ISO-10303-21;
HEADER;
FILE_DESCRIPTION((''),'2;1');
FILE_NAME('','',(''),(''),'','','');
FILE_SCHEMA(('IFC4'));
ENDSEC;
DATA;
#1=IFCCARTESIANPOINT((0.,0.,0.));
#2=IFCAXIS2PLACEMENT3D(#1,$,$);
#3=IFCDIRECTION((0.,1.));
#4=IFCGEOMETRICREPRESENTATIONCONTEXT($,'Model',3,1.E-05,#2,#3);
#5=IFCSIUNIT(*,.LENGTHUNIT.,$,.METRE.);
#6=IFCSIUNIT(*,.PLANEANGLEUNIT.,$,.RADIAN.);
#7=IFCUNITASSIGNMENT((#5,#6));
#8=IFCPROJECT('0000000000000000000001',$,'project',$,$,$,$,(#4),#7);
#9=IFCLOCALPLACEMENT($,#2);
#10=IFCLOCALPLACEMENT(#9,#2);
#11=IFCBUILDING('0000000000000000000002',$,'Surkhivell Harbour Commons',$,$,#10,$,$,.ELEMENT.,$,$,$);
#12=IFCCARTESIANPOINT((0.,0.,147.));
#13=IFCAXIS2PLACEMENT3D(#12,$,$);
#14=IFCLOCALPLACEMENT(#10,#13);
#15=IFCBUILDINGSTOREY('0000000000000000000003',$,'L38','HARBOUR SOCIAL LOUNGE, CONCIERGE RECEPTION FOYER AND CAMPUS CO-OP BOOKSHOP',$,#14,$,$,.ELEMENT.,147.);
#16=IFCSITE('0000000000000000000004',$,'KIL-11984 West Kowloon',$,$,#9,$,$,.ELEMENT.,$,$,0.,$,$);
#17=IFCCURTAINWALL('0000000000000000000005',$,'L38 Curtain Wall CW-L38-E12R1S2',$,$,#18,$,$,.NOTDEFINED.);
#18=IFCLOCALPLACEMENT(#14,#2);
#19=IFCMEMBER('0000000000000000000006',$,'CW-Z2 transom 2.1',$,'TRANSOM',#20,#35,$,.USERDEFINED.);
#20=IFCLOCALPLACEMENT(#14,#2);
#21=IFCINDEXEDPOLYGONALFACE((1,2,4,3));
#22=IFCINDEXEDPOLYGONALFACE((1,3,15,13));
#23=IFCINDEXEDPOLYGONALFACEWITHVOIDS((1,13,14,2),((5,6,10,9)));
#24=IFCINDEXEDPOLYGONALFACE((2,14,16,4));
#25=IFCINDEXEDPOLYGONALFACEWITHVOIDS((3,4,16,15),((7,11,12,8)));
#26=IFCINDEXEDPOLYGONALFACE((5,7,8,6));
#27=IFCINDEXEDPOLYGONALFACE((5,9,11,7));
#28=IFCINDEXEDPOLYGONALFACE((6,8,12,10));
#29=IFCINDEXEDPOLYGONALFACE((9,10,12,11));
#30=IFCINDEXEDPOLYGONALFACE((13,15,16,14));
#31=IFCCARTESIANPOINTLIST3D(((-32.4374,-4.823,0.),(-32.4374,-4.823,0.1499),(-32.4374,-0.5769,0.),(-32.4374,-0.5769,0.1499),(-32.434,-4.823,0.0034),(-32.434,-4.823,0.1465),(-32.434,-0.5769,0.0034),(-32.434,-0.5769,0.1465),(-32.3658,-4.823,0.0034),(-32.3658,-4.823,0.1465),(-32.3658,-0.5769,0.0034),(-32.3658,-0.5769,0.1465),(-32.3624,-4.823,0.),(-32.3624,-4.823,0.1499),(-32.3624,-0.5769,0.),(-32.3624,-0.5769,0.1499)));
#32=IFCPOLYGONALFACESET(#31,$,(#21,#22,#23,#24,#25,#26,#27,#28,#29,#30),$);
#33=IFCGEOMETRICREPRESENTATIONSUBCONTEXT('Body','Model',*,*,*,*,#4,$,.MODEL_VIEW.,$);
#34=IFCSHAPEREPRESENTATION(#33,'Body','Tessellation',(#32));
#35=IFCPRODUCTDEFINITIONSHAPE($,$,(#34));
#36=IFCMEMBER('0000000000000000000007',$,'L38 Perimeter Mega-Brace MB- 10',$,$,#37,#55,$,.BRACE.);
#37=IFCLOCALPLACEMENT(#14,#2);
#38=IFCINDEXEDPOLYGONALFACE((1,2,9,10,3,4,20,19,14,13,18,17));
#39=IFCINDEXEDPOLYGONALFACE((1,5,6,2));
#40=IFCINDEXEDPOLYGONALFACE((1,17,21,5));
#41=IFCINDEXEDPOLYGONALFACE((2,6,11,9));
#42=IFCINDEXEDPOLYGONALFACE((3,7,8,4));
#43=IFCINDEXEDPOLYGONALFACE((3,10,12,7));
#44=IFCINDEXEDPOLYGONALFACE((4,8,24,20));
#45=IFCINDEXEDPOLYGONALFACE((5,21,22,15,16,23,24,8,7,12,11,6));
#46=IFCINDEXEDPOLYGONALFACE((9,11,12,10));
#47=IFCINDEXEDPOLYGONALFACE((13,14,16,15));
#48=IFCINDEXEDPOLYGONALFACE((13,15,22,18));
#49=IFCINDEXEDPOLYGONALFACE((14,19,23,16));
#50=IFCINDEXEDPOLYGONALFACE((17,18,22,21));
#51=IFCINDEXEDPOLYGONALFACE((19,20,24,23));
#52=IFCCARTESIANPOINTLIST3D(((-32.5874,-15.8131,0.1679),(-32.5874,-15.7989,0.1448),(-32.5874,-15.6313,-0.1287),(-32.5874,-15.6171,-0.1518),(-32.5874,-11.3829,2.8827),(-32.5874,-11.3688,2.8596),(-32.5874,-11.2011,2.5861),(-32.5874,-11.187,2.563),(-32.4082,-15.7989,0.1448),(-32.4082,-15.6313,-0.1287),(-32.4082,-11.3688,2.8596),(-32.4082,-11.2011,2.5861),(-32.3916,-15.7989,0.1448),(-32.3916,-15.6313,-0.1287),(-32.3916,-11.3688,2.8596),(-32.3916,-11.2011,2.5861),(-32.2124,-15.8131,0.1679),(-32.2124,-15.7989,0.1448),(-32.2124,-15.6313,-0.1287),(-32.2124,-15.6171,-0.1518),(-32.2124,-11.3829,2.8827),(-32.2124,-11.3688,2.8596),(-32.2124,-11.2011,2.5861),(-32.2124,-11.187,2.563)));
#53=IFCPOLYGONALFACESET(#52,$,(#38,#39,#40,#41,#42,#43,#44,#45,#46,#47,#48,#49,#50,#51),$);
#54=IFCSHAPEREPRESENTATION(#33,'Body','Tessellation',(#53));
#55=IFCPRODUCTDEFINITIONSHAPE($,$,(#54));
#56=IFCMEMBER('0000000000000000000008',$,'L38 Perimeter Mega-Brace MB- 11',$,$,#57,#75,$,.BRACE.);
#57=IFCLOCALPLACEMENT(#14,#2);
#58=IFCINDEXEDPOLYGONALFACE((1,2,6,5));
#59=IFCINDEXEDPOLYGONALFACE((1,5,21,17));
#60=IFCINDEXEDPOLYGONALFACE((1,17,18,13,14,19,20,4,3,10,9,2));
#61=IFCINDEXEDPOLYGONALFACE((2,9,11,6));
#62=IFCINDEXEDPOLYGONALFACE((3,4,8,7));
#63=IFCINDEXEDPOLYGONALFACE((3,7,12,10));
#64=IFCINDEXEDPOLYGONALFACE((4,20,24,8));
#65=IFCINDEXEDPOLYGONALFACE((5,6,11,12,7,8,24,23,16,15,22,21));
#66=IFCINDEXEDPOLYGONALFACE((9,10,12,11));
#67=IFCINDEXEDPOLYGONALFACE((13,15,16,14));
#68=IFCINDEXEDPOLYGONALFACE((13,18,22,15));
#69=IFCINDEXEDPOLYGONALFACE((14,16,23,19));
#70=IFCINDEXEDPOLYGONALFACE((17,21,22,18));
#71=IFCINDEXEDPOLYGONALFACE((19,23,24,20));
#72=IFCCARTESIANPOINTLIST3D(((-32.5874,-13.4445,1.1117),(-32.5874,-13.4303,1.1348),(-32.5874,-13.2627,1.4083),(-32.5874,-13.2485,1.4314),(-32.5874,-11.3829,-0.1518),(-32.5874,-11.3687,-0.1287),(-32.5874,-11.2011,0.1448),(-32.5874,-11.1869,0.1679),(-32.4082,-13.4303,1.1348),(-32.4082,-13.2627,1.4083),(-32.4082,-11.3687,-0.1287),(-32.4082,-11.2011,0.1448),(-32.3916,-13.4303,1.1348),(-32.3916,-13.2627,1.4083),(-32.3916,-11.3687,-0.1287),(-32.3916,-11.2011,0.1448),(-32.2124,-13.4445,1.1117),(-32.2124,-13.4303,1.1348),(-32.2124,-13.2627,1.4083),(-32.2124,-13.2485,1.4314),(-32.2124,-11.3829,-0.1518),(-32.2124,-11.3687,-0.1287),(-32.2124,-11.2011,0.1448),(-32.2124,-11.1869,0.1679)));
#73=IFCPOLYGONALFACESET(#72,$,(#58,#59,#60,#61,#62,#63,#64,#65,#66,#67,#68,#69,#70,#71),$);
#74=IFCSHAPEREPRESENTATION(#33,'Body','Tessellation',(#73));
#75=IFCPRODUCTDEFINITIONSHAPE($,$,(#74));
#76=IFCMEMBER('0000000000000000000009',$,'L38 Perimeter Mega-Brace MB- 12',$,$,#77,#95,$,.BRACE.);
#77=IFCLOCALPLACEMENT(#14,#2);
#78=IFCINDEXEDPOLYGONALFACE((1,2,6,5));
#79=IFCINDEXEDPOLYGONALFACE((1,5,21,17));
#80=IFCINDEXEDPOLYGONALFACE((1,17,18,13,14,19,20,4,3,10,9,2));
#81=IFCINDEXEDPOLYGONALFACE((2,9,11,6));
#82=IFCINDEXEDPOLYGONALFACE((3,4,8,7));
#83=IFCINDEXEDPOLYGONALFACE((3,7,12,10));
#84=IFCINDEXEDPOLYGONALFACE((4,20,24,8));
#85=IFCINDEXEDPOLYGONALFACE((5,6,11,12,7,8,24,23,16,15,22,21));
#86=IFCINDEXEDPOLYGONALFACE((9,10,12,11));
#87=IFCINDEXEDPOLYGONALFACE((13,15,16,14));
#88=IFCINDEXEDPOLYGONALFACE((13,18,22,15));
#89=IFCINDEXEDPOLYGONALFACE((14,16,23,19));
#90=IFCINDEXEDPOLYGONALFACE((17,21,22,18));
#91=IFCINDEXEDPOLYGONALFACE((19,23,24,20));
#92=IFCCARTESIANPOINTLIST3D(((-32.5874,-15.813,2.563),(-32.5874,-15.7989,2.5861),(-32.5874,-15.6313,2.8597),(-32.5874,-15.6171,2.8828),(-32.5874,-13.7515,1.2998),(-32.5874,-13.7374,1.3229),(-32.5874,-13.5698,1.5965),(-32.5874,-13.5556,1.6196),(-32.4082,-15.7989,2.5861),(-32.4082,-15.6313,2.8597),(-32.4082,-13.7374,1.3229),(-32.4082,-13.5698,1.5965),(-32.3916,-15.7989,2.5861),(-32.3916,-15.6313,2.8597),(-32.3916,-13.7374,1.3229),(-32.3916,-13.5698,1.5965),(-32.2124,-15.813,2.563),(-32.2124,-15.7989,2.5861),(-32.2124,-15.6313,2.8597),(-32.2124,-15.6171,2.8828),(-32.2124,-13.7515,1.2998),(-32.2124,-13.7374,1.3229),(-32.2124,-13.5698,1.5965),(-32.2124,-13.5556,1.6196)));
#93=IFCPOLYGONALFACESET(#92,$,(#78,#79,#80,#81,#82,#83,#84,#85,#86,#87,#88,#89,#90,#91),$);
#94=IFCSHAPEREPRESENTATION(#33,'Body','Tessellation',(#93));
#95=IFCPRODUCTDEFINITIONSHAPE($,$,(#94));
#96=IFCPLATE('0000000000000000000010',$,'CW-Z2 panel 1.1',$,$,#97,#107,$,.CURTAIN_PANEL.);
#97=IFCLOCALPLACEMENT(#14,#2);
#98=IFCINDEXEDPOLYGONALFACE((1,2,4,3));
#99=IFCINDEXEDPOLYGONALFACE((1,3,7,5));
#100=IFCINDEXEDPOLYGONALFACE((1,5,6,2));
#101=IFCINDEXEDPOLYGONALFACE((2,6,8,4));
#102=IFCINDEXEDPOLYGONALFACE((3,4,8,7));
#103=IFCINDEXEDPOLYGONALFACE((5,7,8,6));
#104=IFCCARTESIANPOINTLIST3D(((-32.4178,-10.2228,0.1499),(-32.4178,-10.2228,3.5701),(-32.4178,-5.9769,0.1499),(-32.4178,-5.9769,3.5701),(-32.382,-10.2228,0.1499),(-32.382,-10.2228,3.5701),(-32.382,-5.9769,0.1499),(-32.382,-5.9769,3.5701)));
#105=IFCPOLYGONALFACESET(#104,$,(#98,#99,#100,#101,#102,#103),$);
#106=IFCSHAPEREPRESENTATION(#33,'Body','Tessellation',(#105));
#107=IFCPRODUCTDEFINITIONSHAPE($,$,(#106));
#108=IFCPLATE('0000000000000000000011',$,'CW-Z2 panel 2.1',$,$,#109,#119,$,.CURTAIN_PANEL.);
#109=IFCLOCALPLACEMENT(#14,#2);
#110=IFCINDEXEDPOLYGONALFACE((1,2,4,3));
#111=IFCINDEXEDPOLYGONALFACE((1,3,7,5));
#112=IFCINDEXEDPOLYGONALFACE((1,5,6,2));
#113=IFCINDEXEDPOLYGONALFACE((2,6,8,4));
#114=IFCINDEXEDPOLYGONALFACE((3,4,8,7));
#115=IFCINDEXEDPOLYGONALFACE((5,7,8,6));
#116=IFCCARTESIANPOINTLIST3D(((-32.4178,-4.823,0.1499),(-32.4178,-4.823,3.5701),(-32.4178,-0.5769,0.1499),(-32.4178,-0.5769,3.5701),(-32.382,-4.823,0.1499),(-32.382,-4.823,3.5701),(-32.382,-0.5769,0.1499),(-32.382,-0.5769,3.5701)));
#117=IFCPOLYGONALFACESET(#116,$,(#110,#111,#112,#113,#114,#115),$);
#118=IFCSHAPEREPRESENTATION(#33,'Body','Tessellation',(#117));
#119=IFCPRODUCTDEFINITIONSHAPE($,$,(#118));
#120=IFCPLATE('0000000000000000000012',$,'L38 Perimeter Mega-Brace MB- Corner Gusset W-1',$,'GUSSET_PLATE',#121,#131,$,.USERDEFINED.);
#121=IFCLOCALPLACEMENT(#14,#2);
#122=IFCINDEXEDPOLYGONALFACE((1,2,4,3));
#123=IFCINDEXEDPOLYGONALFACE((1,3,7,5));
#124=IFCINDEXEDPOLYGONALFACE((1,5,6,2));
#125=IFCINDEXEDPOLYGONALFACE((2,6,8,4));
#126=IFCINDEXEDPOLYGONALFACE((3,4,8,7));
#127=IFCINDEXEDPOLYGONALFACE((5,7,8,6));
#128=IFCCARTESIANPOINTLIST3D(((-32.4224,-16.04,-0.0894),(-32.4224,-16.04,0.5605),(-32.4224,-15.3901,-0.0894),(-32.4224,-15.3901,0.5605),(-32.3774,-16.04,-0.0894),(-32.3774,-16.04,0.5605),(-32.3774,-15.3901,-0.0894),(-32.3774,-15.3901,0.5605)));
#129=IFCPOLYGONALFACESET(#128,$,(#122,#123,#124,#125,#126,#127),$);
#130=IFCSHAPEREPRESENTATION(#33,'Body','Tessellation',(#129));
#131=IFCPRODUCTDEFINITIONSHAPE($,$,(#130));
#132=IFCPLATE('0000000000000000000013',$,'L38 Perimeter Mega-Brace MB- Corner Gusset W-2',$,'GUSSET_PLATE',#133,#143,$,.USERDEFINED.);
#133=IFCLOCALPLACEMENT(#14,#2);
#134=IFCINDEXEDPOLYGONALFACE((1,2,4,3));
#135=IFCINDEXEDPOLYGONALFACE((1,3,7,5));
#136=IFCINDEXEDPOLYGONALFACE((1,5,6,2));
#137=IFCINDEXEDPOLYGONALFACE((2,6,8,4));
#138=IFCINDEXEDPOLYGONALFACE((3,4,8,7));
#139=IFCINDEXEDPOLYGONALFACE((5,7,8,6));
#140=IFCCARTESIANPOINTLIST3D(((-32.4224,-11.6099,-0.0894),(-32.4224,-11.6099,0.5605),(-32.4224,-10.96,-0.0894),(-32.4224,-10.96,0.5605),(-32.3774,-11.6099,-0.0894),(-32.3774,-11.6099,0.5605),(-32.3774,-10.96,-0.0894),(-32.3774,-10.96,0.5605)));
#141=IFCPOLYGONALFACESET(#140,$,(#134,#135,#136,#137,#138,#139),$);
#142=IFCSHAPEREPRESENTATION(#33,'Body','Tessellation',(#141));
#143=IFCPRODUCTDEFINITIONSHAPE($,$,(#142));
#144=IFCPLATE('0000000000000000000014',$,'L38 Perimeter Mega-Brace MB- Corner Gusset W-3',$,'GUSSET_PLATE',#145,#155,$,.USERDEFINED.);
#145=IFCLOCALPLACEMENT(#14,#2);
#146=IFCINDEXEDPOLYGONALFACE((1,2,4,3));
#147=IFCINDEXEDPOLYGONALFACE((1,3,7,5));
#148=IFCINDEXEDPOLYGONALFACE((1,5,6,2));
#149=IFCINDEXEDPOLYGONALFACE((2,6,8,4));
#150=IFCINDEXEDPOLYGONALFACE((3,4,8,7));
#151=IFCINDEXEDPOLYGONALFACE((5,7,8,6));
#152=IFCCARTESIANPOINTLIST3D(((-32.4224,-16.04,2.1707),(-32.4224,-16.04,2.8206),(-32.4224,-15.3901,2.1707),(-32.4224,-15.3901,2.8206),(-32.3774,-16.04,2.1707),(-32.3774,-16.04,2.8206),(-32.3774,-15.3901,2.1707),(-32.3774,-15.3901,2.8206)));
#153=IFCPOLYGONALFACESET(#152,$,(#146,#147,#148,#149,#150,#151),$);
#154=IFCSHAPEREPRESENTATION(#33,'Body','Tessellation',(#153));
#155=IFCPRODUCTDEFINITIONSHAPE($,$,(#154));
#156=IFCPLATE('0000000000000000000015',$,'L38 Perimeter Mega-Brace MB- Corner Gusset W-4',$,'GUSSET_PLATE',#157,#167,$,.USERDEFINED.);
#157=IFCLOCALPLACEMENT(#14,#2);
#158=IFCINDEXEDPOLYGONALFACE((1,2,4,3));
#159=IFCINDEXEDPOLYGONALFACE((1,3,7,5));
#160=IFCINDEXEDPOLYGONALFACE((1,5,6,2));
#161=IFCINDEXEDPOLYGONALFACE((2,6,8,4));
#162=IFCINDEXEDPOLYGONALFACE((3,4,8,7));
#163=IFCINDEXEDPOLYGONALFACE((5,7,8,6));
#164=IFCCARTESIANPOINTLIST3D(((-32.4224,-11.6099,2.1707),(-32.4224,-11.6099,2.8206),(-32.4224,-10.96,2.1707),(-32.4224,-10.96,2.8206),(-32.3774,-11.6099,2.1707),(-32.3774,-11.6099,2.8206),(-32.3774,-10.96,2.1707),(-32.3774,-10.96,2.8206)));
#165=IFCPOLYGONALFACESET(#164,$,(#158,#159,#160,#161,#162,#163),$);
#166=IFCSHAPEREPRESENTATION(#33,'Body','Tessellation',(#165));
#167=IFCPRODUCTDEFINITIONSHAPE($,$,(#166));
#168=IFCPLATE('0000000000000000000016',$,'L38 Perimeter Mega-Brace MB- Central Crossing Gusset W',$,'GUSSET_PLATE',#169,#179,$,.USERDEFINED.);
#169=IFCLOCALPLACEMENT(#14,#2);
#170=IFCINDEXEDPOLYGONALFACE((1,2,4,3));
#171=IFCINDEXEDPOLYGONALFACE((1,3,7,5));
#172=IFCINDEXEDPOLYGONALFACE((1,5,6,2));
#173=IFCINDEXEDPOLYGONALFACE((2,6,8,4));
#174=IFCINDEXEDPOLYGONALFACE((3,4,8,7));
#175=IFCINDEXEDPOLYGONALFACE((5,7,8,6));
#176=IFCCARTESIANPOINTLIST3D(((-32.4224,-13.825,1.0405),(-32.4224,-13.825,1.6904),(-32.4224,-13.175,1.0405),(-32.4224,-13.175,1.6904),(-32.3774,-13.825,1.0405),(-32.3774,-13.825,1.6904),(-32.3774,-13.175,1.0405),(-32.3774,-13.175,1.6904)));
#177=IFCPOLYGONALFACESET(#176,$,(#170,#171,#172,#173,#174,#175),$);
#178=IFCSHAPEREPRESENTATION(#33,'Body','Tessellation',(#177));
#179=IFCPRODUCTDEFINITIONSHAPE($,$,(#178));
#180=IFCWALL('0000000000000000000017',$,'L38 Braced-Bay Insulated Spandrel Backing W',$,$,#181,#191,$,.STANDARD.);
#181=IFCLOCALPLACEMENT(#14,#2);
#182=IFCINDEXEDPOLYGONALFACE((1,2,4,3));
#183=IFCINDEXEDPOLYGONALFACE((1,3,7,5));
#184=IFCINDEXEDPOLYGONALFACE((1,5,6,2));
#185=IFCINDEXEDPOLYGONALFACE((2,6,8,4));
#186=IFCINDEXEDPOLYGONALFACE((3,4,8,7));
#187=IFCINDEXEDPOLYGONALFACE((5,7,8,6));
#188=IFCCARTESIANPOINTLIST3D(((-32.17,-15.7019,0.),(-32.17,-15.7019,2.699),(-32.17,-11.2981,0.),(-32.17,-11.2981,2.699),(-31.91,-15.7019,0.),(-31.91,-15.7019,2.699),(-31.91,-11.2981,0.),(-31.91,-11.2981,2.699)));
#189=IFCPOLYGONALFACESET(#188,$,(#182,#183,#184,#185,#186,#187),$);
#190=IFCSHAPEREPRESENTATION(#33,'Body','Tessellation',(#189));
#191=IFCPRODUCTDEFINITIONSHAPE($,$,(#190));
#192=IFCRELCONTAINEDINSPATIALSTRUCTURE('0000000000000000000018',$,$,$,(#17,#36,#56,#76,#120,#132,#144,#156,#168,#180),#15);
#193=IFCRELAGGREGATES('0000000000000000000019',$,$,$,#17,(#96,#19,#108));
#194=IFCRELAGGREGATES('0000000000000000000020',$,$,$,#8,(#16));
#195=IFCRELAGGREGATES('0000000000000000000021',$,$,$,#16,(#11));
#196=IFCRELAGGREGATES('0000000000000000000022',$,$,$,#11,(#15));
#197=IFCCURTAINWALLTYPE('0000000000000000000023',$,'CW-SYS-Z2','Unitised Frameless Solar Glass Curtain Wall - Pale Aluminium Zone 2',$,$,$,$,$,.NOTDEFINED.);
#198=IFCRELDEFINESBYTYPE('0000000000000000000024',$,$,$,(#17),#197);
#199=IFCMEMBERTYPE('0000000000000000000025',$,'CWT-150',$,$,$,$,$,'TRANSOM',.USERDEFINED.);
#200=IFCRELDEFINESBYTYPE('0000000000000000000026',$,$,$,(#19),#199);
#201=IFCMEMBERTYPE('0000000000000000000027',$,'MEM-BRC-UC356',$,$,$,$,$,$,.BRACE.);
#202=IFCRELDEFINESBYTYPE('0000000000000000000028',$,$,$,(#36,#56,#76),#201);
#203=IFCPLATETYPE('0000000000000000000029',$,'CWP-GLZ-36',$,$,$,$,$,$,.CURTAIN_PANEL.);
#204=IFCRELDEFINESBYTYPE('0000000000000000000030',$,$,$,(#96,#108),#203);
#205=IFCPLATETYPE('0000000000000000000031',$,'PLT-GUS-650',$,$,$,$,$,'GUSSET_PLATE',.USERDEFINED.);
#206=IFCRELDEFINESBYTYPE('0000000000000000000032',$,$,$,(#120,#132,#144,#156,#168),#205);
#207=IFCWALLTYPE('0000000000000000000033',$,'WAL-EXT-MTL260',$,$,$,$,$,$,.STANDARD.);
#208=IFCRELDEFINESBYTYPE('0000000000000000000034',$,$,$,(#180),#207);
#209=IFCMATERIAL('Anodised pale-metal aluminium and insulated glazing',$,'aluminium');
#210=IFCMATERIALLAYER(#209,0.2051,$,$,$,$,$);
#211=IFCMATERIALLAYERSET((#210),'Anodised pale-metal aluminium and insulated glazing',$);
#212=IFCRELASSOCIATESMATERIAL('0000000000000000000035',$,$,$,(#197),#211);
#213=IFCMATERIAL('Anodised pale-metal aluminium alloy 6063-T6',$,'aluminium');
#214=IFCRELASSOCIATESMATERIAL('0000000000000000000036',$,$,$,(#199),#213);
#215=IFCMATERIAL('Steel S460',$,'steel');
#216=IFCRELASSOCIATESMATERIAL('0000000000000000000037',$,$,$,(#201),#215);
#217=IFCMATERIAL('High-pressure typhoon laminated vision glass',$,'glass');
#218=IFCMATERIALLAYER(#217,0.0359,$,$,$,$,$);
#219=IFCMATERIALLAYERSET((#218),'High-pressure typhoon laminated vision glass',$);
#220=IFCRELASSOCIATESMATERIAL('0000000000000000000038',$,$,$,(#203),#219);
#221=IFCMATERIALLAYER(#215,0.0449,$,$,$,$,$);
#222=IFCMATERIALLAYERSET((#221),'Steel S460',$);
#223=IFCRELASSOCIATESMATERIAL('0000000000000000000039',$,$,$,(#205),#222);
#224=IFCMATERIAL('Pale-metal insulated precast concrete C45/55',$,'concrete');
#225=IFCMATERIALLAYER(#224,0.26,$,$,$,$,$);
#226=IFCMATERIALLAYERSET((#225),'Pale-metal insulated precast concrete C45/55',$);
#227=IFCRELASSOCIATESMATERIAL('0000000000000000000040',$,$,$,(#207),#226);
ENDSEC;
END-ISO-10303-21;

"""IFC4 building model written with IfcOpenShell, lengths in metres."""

from ifc_helpers import new_model, si_unit, direction, frame, frame_2d, origin, origin_2d, place, context, subcontext, project, spatial, rectangle, hollow_rectangle, i_section, extrude, material, layer, layer_set, material_profile, profile_set, type_object, element, aggregate, save


model = new_model("IFC4")

# Units and contexts
model_context = context("Model", 3, precision=1e-05, world=origin(), true_north=direction((0.0, 1.0)))
body_context = subcontext(model_context, "Body", "Model", "MODEL_VIEW")
ifc_project = project(units=[si_unit("LENGTHUNIT", "METRE"), si_unit("PLANEANGLEUNIT", "RADIAN")], contexts=[model_context])

# Site, building, storey
site_placement = place(None, origin())
site = spatial("IfcSite", under=ifc_project, at=site_placement, Name="KIL-11984 West Kowloon", CompositionType="ELEMENT", RefElevation=0.0)
building_placement = place(site_placement, origin())
building = spatial("IfcBuilding", under=site, at=building_placement, Name="Surkhivell Harbour Commons", CompositionType="ELEMENT")
storey_placement = place(building_placement, frame((0.0, 0.0, 147.0)))
storey = spatial("IfcBuildingStorey", under=building, at=storey_placement, Name="L38", Description="HARBOUR SOCIAL LOUNGE, CONCIERGE RECEPTION FOYER AND CAMPUS CO-OP BOOKSHOP", CompositionType="ELEMENT", Elevation=147.0)

# Shared definitions
ifc_material_1 = material(Name="Steel S460", Category="steel")

# Curtain wall, member
ifc_material_2 = material(Name="Anodised pale-metal aluminium and insulated glazing", Category="aluminium")
ifc_layer_1 = layer(ifc_material_2, 0.2051)
ifc_layer_set_1 = layer_set([ifc_layer_1], Name="Anodised pale-metal aluminium and insulated glazing")
curtain_wall_type = type_object("IfcCurtainWallType", Name="CW-SYS-Z2", Description="Unitised Frameless Solar Glass Curtain Wall - Pale Aluminium Zone 2", PredefinedType="NOTDEFINED", material=ifc_layer_set_1)
curtain_wall_placement = place(storey_placement, origin())
curtain_wall = element("IfcCurtainWall", 1, at=curtain_wall_placement, inside=storey, type_object=curtain_wall_type, Name="L38 Curtain Wall CW-L38-E12R1S2", PredefinedType="NOTDEFINED")
ifc_material_3 = material(Name="Anodised pale-metal aluminium alloy 6063-T6", Category="aluminium")
ifc_material_profile_1 = material_profile(ifc_material_3, hollow_rectangle(XDim=0.075, YDim=0.1499, WallThickness=0.0034, at=origin_2d()), Name="ALU-TRAN-75x150")
ifc_profile_set_1 = profile_set([ifc_material_profile_1], Name="Anodised pale-metal aluminium alloy 6063-T6")
member_type_1 = type_object("IfcMemberType", Name="CWT-150", ElementType="TRANSOM", PredefinedType="USERDEFINED", material=ifc_profile_set_1)
member_1_placement = place(storey_placement, frame((-32.3999, -4.823, 0.075), z_axis=(0.0, 1.0, 0.0), x_axis=(-1.0, 0.0, 0.0)))
member_1 = element("IfcMember", 2, at=member_1_placement, type_object=member_type_1, Name="CW-Z2 transom 2.1", ObjectType="TRANSOM", PredefinedType="USERDEFINED", context=body_context, shape_type="SweptSolid", body=[
    extrude(hollow_rectangle(XDim=0.075, YDim=0.1499, WallThickness=0.0034, at=origin_2d()), origin(), (0.0, 0.0, 1.0), 4.2461),
])

# Members
ifc_material_profile_2 = material_profile(ifc_material_1, i_section(OverallWidth=0.375, OverallDepth=0.375, WebThickness=0.0166, FlangeThickness=0.0271, at=origin_2d()), Name="UC356x368x202")
ifc_profile_set_2 = profile_set([ifc_material_profile_2], Name="Steel S460")
member_type_2 = type_object("IfcMemberType", Name="MEM-BRC-UC356", PredefinedType="BRACE", material=ifc_profile_set_2)
member_2_placement = place(storey_placement, frame((-32.3999, -15.7151, 0.0081), z_axis=(0.0, 0.852638, 0.522503), x_axis=(-1.0, 0.0, 0.0)))
element("IfcMember", 3, at=member_2_placement, inside=storey, type_object=member_type_2, Name="L38 Perimeter Mega-Brace MB- 10", PredefinedType="BRACE", context=body_context, shape_type="SweptSolid", body=[
    extrude(i_section(OverallWidth=0.375, OverallDepth=0.375, WebThickness=0.0166, FlangeThickness=0.0271, at=origin_2d()), origin(), (0.0, 0.0, 1.0), 5.1958),
])
member_3_placement = place(storey_placement, frame((-32.3999, -11.2849, 0.0081), z_axis=(0.0, -0.852617, 0.522536), x_axis=(1.0, 0.0, 0.0)))
element("IfcMember", 4, at=member_3_placement, inside=storey, type_object=member_type_2, Name="L38 Perimeter Mega-Brace MB- 11", PredefinedType="BRACE", context=body_context, shape_type="SweptSolid", body=[
    extrude(i_section(OverallWidth=0.375, OverallDepth=0.375, WebThickness=0.0166, FlangeThickness=0.0271, at=origin_2d()), origin(), (0.0, 0.0, 1.0), 2.418),
])
member_4_placement = place(storey_placement, frame((-32.3999, -13.6536, 1.4597), z_axis=(0.0, -0.852662, 0.522463), x_axis=(1.0, 0.0, 0.0)))
element("IfcMember", 5, at=member_4_placement, inside=storey, type_object=member_type_2, Name="L38 Perimeter Mega-Brace MB- 12", PredefinedType="BRACE", context=body_context, shape_type="SweptSolid", body=[
    extrude(i_section(OverallWidth=0.375, OverallDepth=0.375, WebThickness=0.0166, FlangeThickness=0.0271, at=origin_2d()), origin(), (0.0, 0.0, 1.0), 2.4177),
])

# Plates
ifc_material_4 = material(Name="High-pressure typhoon laminated vision glass", Category="glass")
ifc_layer_2 = layer(ifc_material_4, 0.0359)
ifc_layer_set_2 = layer_set([ifc_layer_2], Name="High-pressure typhoon laminated vision glass")
plate_type_1 = type_object("IfcPlateType", Name="CWP-GLZ-36", PredefinedType="CURTAIN_PANEL", material=ifc_layer_set_2)
plate_1_placement = place(storey_placement, frame((-32.3999, -10.2229, 0.1499), z_axis=(0.0, 0.0, 1.0), x_axis=(0.0, 1.0, 0.0)))
plate_1 = element("IfcPlate", 6, at=plate_1_placement, type_object=plate_type_1, Name="CW-Z2 panel 1.1", PredefinedType="CURTAIN_PANEL", context=body_context, shape_type="SweptSolid", body=[
    extrude(rectangle(XDim=4.2458, YDim=0.0359, at=frame_2d((2.123, 0.0))), origin(), (0.0, 0.0, 1.0), 3.4202),
])
plate_2_placement = place(storey_placement, frame((-32.3999, -4.823, 0.1499), z_axis=(0.0, 0.0, 1.0), x_axis=(0.0, 1.0, 0.0)))
plate_2 = element("IfcPlate", 7, at=plate_2_placement, type_object=plate_type_1, Name="CW-Z2 panel 2.1", PredefinedType="CURTAIN_PANEL", context=body_context, shape_type="SweptSolid", body=[
    extrude(rectangle(XDim=4.2461, YDim=0.0359, at=frame_2d((2.123, 0.0))), origin(), (0.0, 0.0, 1.0), 3.4202),
])
aggregate(curtain_wall, [plate_1, member_1, plate_2])

# Plates
ifc_layer_3 = layer(ifc_material_1, 0.0449)
ifc_layer_set_3 = layer_set([ifc_layer_3], Name="Steel S460")
plate_type_2 = type_object("IfcPlateType", Name="PLT-GUS-650", ElementType="GUSSET_PLATE", PredefinedType="USERDEFINED", material=ifc_layer_set_3)
for number, where, z_axis, x_axis, name in (
    (8, (-32.3999, -15.7151, -0.0894), (0.0, 0.0, 1.0), (0.0, 1.0, 0.0), "L38 Perimeter Mega-Brace MB- Corner Gusset W-1"),
    (9, (-32.3999, -11.2849, -0.0894), (0.0, 0.0, 1.0), (0.0, 1.0, 0.0), "L38 Perimeter Mega-Brace MB- Corner Gusset W-2"),
    (10, (-32.3999, -15.7151, 2.1707), (0.0, 0.0, 1.0), (0.0, 1.0, 0.0), "L38 Perimeter Mega-Brace MB- Corner Gusset W-3"),
    (11, (-32.3999, -11.2849, 2.1707), (0.0, 0.0, 1.0), (0.0, 1.0, 0.0), "L38 Perimeter Mega-Brace MB- Corner Gusset W-4"),
    (12, (-32.3999, -13.5, 1.0405), (0.0, 0.0, 1.0), (0.0, 1.0, 0.0), "L38 Perimeter Mega-Brace MB- Central Crossing Gusset W"),
):
    element("IfcPlate", number, at=place(storey_placement, frame(where, z_axis=z_axis, x_axis=x_axis)), inside=storey, type_object=plate_type_2, Name=name, ObjectType="GUSSET_PLATE", PredefinedType="USERDEFINED", context=body_context, shape_type="SweptSolid", body=[
        extrude(rectangle(XDim=0.6499, YDim=0.0449, at=origin_2d()), origin(), (0.0, 0.0, 1.0), 0.6499),
    ])

# Wall
ifc_material_5 = material(Name="Pale-metal insulated precast concrete C45/55", Category="concrete")
ifc_layer_4 = layer(ifc_material_5, 0.26)
ifc_layer_set_4 = layer_set([ifc_layer_4], Name="Pale-metal insulated precast concrete C45/55")
wall_type_1 = type_object("IfcWallType", Name="WAL-EXT-MTL260", PredefinedType="STANDARD", material=ifc_layer_set_4)
wall_1_placement = place(storey_placement, frame((-32.04, -15.7019, 0.0), z_axis=(0.0, 0.0, 1.0), x_axis=(0.0, 1.0, 0.0)))
element("IfcWall", 13, at=wall_1_placement, inside=storey, type_object=wall_type_1, Name="L38 Braced-Bay Insulated Spandrel Backing W", PredefinedType="STANDARD", context=body_context, shape_type="SweptSolid", body=[
    extrude(rectangle(XDim=4.4038, YDim=0.26, at=frame_2d((2.2019, 0.0))), origin(), (0.0, 0.0, 1.0), 2.699),
])

save(model, "model.ifc")
